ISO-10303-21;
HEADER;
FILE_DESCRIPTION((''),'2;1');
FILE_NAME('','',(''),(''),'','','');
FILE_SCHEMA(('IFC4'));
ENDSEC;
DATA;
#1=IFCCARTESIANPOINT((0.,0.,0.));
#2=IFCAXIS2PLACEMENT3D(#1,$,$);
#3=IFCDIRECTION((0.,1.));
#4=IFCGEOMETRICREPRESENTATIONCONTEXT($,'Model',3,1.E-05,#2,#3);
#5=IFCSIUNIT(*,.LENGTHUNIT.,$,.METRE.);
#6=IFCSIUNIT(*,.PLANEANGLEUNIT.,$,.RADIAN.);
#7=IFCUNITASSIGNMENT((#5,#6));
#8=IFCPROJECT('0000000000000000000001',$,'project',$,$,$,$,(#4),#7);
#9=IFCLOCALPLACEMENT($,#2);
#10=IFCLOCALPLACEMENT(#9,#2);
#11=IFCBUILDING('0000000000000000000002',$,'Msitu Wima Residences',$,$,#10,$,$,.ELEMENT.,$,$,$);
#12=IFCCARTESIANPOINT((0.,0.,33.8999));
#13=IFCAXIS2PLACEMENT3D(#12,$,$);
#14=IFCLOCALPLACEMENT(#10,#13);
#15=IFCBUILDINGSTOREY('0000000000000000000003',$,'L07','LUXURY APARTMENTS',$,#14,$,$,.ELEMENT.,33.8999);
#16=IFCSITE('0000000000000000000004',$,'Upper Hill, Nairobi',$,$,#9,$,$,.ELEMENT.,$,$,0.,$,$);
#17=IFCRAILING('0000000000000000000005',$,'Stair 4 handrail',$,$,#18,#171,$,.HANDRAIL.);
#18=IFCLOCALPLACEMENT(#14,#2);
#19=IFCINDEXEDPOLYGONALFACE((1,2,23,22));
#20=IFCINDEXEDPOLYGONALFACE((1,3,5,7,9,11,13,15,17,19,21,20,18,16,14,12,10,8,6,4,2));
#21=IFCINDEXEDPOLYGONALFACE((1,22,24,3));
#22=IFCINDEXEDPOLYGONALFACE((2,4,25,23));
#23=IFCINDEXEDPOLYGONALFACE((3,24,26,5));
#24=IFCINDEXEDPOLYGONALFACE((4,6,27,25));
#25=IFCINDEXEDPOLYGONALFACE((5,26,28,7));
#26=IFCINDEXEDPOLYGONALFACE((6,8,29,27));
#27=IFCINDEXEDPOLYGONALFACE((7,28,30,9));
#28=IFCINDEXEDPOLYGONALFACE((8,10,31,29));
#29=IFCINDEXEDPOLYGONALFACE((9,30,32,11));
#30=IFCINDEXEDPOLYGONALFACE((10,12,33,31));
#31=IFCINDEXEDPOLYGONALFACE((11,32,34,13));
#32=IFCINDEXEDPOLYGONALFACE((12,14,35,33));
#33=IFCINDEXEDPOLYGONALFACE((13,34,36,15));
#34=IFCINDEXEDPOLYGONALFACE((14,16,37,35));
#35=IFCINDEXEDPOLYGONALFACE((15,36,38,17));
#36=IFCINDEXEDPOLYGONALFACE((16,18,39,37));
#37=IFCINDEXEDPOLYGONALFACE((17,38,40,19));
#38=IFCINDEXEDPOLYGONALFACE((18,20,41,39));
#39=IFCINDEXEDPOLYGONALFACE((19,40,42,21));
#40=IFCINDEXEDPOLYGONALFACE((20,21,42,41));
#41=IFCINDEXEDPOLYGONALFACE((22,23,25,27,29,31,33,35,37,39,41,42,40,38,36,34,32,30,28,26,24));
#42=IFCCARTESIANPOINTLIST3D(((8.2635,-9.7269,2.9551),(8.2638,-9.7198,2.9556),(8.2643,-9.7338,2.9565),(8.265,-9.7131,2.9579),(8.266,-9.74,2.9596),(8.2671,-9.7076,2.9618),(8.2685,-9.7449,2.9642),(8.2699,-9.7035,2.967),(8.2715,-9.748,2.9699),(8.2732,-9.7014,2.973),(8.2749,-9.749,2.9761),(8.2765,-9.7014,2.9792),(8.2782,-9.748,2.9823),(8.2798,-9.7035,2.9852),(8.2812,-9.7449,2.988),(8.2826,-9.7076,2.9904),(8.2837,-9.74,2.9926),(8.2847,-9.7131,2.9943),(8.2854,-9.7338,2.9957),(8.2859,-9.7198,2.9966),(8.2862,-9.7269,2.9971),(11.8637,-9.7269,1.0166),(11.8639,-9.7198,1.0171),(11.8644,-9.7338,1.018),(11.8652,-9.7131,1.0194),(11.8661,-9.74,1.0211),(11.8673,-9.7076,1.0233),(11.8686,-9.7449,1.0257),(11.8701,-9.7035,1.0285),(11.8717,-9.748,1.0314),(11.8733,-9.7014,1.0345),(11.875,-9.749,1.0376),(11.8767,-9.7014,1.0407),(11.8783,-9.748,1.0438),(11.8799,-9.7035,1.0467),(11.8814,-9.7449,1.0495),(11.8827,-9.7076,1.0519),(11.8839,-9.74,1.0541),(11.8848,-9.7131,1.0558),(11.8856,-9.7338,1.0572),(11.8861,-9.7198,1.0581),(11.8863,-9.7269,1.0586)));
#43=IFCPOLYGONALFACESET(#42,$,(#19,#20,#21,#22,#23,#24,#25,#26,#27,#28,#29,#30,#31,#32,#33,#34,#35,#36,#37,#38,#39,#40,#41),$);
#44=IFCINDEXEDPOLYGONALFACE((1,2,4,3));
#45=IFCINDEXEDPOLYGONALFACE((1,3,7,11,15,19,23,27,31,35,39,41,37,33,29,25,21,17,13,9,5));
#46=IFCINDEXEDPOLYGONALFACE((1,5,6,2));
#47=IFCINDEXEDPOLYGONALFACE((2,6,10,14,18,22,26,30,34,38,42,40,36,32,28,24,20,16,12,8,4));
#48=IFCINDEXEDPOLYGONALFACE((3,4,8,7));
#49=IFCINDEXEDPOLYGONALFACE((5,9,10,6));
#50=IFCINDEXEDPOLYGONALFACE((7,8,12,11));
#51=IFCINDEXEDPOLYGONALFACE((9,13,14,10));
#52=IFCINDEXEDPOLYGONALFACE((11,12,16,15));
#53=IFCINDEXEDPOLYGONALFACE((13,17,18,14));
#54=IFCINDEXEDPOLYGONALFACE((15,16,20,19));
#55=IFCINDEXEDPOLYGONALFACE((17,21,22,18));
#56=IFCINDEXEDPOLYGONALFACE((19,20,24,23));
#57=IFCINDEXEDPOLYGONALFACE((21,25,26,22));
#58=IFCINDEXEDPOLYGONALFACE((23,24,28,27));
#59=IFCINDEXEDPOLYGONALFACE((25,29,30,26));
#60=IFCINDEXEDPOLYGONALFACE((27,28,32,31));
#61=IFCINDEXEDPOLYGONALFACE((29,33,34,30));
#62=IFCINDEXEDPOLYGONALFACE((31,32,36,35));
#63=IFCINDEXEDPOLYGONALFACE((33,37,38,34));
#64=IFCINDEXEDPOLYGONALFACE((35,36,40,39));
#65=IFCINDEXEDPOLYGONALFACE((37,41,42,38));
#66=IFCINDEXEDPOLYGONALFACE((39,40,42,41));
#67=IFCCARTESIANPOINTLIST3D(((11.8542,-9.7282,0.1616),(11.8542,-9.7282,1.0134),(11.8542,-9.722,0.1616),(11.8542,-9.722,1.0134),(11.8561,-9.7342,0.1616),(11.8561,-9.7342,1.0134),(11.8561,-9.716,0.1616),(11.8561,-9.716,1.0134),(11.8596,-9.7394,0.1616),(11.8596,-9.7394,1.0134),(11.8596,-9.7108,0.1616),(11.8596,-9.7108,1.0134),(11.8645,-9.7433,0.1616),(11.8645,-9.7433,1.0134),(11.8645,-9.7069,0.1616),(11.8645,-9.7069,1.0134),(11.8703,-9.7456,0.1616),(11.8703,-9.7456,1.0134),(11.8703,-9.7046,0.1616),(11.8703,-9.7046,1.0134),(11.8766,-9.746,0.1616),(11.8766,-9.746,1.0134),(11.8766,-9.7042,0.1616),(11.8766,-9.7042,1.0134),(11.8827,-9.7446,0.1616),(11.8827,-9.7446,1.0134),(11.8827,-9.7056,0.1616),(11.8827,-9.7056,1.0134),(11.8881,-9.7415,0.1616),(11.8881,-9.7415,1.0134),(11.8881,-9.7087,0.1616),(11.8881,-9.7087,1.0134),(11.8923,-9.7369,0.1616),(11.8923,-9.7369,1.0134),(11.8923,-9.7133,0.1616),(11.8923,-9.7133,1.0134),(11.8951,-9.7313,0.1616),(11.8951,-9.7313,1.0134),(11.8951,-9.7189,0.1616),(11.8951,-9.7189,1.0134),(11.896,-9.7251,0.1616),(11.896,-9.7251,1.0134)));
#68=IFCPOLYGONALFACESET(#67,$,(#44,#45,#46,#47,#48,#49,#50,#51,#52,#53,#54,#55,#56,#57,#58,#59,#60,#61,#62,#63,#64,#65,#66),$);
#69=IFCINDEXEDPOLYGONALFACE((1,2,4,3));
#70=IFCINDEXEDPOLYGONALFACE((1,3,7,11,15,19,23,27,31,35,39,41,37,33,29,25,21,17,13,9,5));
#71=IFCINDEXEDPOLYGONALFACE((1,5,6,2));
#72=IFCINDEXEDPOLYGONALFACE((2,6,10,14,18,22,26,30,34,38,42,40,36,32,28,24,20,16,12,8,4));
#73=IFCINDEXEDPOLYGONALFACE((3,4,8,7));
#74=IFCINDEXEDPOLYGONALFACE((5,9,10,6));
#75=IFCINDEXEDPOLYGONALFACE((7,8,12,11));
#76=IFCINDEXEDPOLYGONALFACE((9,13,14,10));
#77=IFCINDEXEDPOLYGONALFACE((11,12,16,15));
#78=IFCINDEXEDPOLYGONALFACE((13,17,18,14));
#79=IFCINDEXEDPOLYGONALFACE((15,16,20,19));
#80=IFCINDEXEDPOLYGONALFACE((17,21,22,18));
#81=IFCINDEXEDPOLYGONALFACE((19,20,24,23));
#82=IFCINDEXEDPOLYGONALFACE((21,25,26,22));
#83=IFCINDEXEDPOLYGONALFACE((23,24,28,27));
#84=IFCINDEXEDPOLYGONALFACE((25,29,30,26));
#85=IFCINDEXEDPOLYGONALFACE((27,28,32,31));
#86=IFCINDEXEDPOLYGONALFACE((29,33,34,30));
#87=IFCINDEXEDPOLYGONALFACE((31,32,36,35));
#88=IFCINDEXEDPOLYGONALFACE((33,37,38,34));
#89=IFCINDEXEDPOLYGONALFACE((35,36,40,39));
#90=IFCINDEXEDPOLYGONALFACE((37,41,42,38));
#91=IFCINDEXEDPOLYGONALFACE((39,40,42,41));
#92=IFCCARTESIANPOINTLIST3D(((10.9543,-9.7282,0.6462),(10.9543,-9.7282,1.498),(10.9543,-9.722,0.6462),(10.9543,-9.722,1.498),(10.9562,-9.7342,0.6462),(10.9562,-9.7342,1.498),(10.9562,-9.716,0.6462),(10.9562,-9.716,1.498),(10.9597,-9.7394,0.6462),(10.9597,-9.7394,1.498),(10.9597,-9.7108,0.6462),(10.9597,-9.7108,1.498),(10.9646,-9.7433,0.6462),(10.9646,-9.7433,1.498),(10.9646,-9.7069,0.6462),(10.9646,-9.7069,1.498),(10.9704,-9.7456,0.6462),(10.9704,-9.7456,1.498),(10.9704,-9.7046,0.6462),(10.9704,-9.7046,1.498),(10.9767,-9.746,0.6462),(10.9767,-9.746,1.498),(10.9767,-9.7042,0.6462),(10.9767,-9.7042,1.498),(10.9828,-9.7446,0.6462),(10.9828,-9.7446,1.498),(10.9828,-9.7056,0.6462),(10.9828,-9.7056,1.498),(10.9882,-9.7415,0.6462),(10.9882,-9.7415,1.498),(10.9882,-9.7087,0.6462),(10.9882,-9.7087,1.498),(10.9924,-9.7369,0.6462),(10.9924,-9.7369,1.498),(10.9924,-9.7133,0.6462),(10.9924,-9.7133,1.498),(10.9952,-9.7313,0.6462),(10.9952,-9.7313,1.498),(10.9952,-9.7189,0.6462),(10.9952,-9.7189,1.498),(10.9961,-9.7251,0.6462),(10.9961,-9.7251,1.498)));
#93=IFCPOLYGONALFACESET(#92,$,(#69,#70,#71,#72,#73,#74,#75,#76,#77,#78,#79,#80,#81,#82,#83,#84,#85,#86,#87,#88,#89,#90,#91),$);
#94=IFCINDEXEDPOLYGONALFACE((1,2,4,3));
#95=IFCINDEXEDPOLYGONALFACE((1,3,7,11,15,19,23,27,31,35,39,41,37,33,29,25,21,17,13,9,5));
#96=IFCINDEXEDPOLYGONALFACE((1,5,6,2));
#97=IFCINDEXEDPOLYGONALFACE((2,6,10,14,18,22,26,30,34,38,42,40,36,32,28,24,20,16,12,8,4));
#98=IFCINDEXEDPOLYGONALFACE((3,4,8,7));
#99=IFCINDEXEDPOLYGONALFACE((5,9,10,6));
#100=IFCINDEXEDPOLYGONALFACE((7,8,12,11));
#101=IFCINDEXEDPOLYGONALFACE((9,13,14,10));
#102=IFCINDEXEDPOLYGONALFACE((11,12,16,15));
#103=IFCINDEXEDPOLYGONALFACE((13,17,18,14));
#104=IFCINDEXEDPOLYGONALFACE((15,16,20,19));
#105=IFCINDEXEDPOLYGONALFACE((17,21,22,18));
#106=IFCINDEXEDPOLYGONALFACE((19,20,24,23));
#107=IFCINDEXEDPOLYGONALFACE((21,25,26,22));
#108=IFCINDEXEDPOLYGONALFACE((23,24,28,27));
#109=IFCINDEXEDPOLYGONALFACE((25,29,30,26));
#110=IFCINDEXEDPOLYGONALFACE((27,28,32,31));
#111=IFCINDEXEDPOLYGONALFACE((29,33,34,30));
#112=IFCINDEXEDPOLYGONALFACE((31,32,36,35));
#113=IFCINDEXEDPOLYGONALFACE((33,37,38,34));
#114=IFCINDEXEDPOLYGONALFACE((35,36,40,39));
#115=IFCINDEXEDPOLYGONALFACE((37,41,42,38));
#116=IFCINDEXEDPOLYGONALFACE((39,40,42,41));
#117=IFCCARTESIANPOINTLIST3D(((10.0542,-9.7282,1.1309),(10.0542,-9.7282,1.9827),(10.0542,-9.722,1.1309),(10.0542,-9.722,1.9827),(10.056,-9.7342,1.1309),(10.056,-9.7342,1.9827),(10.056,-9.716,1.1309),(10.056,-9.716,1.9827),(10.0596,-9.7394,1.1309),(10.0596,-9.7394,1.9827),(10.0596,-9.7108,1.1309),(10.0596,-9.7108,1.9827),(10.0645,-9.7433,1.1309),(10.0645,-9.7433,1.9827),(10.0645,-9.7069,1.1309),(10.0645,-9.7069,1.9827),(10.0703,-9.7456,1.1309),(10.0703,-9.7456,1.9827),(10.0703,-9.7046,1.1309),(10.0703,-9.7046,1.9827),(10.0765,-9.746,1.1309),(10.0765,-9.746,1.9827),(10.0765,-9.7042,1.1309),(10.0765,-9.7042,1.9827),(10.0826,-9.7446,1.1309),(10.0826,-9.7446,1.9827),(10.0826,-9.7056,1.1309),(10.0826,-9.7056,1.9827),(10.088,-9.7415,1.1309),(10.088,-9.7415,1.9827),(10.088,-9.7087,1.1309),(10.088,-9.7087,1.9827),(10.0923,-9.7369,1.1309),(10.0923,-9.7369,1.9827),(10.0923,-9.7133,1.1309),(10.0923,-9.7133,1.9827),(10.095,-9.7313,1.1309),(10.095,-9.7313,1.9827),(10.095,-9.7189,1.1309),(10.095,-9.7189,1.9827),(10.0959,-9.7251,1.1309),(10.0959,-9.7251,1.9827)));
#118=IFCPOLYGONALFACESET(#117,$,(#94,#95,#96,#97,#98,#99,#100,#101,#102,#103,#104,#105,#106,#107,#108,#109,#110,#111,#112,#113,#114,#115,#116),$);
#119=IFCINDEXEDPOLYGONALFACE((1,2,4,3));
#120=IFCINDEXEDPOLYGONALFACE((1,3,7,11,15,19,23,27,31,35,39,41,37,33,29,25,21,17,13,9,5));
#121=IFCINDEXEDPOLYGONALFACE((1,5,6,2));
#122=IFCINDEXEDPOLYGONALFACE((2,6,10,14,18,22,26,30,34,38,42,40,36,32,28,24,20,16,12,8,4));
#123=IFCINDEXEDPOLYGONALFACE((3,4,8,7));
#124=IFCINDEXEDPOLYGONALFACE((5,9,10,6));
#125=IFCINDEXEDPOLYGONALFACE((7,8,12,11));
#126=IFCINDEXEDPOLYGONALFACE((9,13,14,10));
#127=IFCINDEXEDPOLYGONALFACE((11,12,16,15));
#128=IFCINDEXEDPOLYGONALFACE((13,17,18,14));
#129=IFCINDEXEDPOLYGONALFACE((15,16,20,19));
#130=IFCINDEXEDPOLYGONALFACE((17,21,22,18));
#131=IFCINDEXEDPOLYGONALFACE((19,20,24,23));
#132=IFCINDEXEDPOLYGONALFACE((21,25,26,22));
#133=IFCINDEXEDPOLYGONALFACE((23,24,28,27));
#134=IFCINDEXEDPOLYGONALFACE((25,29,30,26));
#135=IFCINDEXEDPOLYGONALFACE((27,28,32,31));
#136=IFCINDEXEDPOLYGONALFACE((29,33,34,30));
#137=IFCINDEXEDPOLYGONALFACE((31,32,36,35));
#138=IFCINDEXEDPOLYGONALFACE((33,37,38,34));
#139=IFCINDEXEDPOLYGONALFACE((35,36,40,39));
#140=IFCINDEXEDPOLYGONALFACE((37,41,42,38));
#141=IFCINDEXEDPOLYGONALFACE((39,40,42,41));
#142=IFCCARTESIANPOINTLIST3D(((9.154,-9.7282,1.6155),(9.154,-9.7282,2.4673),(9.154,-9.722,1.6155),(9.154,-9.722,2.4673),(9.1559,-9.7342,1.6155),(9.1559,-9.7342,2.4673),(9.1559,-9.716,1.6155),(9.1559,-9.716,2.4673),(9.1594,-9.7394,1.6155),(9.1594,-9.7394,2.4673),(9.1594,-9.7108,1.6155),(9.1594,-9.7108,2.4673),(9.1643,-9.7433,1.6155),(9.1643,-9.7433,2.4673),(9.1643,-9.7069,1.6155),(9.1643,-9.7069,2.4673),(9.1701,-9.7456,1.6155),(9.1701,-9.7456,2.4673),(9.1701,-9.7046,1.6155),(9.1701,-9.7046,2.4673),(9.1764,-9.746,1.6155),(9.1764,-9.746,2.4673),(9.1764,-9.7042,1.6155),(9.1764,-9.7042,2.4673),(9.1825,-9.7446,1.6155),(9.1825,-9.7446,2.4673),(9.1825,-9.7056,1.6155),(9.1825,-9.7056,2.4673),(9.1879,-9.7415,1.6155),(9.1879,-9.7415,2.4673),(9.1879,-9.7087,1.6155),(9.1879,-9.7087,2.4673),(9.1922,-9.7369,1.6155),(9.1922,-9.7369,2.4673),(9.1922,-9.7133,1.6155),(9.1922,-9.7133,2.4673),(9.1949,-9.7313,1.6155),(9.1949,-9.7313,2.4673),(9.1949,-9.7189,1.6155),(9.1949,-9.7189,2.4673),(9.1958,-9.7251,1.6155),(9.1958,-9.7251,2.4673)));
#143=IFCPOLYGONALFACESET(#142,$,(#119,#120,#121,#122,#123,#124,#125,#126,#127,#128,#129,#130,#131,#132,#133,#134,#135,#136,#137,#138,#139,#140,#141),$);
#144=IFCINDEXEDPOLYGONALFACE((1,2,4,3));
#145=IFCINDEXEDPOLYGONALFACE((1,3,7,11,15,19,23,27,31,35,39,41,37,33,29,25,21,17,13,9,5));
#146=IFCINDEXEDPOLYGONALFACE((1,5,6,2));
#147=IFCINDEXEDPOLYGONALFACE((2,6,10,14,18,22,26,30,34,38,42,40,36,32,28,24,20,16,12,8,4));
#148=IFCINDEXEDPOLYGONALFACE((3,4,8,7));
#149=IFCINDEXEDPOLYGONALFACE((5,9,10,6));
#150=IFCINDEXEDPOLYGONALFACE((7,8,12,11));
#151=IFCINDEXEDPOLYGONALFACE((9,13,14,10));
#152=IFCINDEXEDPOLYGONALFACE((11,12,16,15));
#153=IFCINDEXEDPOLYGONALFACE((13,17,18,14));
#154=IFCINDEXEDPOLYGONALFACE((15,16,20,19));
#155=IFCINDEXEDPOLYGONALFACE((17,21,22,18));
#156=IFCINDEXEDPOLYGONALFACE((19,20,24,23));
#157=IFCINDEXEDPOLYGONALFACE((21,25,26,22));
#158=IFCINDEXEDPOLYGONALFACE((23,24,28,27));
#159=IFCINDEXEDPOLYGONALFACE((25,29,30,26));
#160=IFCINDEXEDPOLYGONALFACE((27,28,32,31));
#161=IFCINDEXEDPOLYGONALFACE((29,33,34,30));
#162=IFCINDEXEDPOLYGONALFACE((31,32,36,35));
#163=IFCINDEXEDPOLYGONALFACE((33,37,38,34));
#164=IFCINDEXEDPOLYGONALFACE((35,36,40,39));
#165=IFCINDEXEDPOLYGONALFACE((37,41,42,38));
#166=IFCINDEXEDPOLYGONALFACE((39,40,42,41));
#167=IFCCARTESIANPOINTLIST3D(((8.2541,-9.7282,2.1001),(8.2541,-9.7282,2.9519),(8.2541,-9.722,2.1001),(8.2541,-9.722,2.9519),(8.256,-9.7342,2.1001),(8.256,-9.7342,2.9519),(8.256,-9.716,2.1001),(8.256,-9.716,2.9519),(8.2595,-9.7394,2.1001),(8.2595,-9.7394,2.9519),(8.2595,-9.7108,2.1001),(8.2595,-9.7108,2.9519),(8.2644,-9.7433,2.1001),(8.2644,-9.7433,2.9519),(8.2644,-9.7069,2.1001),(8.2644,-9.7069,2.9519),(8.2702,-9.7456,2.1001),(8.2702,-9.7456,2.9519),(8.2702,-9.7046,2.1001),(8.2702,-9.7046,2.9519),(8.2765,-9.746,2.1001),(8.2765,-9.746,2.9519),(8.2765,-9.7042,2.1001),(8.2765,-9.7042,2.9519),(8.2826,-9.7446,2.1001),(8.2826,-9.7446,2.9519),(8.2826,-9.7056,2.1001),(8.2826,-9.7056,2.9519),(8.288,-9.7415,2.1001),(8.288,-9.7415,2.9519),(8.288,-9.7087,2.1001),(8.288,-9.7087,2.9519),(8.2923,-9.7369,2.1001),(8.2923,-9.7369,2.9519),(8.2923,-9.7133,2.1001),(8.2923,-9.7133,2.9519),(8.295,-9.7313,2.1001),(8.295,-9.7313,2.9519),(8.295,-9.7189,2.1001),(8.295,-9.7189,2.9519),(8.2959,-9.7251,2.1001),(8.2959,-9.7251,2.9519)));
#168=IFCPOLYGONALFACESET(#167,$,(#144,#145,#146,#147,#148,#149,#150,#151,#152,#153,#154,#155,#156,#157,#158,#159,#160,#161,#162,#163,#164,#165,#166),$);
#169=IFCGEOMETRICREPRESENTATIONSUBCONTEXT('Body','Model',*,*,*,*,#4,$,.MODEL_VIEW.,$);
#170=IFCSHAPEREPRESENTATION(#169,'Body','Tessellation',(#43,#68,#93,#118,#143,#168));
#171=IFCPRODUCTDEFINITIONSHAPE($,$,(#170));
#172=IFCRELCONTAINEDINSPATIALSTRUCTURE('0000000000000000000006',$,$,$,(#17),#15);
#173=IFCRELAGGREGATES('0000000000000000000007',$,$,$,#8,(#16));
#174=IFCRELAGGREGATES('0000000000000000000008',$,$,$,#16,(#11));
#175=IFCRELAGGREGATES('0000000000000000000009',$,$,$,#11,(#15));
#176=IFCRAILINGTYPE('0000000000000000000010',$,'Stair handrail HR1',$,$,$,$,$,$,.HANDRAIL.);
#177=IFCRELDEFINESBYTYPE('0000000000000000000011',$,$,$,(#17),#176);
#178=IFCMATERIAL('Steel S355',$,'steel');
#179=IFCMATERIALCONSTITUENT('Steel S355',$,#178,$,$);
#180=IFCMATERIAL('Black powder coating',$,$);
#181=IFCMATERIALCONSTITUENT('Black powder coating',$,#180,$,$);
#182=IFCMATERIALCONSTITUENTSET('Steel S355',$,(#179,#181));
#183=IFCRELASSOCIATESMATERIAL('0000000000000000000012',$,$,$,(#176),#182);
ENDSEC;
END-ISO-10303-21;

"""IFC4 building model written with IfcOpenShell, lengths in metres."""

from ifc_helpers import new_model, si_unit, direction, frame, origin, origin_2d, place, context, subcontext, project, spatial, circle, extrude, material, constituent, constituent_set, type_object, element, save


model = new_model("IFC4")

# Units and contexts
model_context = context("Model", 3, precision=1e-05, world=origin(), true_north=direction((0.0, 1.0)))
body_context = subcontext(model_context, "Body", "Model", "MODEL_VIEW")
ifc_project = project(units=[si_unit("LENGTHUNIT", "METRE"), si_unit("PLANEANGLEUNIT", "RADIAN")], contexts=[model_context])

# Site, building, storey
site_placement = place(None, origin())
site = spatial("IfcSite", under=ifc_project, at=site_placement, Name="Upper Hill, Nairobi", CompositionType="ELEMENT", RefElevation=0.0)
building_placement = place(site_placement, origin())
building = spatial("IfcBuilding", under=site, at=building_placement, Name="Msitu Wima Residences", CompositionType="ELEMENT")
storey_placement = place(building_placement, frame((0.0, 0.0, 33.8999)))
storey = spatial("IfcBuildingStorey", under=building, at=storey_placement, Name="L07", Description="LUXURY APARTMENTS", CompositionType="ELEMENT", Elevation=33.8999)

# Railing
ifc_material_1 = material(Name="Steel S355", Category="steel")
ifc_constituent_1 = constituent(ifc_material_1, Name="Steel S355")
ifc_material_2 = material(Name="Black powder coating")
ifc_constituent_2 = constituent(ifc_material_2, Name="Black powder coating")
ifc_constituent_set = constituent_set(constituents=[ifc_constituent_1, ifc_constituent_2], Name="Steel S355")
railing_type = type_object("IfcRailingType", Name="Stair handrail HR1", PredefinedType="HANDRAIL", material=ifc_constituent_set)
for number, where, name in (
    (1, (11.875, -9.7251, 0.1616), "Stair 4 handrail"),
):
    element("IfcRailing", number, at=place(storey_placement, frame(where)), inside=storey, type_object=railing_type, Name=name, PredefinedType="HANDRAIL", context=body_context, shape_type="SweptSolid", body=[
        extrude(circle(Radius=0.0239, at=origin_2d()), frame((0.0, 0.0, 0.876), z_axis=(-0.880475, 0.0, 0.474093), x_axis=(0.0, -1.0, 0.0)), (0.0, 0.0, 1.0), 4.0889),
        extrude(circle(Radius=0.021, at=origin_2d()), origin(), (0.0, 0.0, 1.0), 0.8518),
        extrude(circle(Radius=0.021, at=origin_2d()), frame((-0.8999, 0.0, 0.4846)), (0.0, 0.0, 1.0), 0.8518),
        extrude(circle(Radius=0.021, at=origin_2d()), frame((-1.8, 0.0, 0.9692)), (0.0, 0.0, 1.0), 0.8518),
        extrude(circle(Radius=0.021, at=origin_2d()), frame((-2.7002, 0.0, 1.4539)), (0.0, 0.0, 1.0), 0.8518),
        extrude(circle(Radius=0.021, at=origin_2d()), frame((-3.6001, 0.0, 1.9385)), (0.0, 0.0, 1.0), 0.8518),
    ])

save(model, "model.ifc")
